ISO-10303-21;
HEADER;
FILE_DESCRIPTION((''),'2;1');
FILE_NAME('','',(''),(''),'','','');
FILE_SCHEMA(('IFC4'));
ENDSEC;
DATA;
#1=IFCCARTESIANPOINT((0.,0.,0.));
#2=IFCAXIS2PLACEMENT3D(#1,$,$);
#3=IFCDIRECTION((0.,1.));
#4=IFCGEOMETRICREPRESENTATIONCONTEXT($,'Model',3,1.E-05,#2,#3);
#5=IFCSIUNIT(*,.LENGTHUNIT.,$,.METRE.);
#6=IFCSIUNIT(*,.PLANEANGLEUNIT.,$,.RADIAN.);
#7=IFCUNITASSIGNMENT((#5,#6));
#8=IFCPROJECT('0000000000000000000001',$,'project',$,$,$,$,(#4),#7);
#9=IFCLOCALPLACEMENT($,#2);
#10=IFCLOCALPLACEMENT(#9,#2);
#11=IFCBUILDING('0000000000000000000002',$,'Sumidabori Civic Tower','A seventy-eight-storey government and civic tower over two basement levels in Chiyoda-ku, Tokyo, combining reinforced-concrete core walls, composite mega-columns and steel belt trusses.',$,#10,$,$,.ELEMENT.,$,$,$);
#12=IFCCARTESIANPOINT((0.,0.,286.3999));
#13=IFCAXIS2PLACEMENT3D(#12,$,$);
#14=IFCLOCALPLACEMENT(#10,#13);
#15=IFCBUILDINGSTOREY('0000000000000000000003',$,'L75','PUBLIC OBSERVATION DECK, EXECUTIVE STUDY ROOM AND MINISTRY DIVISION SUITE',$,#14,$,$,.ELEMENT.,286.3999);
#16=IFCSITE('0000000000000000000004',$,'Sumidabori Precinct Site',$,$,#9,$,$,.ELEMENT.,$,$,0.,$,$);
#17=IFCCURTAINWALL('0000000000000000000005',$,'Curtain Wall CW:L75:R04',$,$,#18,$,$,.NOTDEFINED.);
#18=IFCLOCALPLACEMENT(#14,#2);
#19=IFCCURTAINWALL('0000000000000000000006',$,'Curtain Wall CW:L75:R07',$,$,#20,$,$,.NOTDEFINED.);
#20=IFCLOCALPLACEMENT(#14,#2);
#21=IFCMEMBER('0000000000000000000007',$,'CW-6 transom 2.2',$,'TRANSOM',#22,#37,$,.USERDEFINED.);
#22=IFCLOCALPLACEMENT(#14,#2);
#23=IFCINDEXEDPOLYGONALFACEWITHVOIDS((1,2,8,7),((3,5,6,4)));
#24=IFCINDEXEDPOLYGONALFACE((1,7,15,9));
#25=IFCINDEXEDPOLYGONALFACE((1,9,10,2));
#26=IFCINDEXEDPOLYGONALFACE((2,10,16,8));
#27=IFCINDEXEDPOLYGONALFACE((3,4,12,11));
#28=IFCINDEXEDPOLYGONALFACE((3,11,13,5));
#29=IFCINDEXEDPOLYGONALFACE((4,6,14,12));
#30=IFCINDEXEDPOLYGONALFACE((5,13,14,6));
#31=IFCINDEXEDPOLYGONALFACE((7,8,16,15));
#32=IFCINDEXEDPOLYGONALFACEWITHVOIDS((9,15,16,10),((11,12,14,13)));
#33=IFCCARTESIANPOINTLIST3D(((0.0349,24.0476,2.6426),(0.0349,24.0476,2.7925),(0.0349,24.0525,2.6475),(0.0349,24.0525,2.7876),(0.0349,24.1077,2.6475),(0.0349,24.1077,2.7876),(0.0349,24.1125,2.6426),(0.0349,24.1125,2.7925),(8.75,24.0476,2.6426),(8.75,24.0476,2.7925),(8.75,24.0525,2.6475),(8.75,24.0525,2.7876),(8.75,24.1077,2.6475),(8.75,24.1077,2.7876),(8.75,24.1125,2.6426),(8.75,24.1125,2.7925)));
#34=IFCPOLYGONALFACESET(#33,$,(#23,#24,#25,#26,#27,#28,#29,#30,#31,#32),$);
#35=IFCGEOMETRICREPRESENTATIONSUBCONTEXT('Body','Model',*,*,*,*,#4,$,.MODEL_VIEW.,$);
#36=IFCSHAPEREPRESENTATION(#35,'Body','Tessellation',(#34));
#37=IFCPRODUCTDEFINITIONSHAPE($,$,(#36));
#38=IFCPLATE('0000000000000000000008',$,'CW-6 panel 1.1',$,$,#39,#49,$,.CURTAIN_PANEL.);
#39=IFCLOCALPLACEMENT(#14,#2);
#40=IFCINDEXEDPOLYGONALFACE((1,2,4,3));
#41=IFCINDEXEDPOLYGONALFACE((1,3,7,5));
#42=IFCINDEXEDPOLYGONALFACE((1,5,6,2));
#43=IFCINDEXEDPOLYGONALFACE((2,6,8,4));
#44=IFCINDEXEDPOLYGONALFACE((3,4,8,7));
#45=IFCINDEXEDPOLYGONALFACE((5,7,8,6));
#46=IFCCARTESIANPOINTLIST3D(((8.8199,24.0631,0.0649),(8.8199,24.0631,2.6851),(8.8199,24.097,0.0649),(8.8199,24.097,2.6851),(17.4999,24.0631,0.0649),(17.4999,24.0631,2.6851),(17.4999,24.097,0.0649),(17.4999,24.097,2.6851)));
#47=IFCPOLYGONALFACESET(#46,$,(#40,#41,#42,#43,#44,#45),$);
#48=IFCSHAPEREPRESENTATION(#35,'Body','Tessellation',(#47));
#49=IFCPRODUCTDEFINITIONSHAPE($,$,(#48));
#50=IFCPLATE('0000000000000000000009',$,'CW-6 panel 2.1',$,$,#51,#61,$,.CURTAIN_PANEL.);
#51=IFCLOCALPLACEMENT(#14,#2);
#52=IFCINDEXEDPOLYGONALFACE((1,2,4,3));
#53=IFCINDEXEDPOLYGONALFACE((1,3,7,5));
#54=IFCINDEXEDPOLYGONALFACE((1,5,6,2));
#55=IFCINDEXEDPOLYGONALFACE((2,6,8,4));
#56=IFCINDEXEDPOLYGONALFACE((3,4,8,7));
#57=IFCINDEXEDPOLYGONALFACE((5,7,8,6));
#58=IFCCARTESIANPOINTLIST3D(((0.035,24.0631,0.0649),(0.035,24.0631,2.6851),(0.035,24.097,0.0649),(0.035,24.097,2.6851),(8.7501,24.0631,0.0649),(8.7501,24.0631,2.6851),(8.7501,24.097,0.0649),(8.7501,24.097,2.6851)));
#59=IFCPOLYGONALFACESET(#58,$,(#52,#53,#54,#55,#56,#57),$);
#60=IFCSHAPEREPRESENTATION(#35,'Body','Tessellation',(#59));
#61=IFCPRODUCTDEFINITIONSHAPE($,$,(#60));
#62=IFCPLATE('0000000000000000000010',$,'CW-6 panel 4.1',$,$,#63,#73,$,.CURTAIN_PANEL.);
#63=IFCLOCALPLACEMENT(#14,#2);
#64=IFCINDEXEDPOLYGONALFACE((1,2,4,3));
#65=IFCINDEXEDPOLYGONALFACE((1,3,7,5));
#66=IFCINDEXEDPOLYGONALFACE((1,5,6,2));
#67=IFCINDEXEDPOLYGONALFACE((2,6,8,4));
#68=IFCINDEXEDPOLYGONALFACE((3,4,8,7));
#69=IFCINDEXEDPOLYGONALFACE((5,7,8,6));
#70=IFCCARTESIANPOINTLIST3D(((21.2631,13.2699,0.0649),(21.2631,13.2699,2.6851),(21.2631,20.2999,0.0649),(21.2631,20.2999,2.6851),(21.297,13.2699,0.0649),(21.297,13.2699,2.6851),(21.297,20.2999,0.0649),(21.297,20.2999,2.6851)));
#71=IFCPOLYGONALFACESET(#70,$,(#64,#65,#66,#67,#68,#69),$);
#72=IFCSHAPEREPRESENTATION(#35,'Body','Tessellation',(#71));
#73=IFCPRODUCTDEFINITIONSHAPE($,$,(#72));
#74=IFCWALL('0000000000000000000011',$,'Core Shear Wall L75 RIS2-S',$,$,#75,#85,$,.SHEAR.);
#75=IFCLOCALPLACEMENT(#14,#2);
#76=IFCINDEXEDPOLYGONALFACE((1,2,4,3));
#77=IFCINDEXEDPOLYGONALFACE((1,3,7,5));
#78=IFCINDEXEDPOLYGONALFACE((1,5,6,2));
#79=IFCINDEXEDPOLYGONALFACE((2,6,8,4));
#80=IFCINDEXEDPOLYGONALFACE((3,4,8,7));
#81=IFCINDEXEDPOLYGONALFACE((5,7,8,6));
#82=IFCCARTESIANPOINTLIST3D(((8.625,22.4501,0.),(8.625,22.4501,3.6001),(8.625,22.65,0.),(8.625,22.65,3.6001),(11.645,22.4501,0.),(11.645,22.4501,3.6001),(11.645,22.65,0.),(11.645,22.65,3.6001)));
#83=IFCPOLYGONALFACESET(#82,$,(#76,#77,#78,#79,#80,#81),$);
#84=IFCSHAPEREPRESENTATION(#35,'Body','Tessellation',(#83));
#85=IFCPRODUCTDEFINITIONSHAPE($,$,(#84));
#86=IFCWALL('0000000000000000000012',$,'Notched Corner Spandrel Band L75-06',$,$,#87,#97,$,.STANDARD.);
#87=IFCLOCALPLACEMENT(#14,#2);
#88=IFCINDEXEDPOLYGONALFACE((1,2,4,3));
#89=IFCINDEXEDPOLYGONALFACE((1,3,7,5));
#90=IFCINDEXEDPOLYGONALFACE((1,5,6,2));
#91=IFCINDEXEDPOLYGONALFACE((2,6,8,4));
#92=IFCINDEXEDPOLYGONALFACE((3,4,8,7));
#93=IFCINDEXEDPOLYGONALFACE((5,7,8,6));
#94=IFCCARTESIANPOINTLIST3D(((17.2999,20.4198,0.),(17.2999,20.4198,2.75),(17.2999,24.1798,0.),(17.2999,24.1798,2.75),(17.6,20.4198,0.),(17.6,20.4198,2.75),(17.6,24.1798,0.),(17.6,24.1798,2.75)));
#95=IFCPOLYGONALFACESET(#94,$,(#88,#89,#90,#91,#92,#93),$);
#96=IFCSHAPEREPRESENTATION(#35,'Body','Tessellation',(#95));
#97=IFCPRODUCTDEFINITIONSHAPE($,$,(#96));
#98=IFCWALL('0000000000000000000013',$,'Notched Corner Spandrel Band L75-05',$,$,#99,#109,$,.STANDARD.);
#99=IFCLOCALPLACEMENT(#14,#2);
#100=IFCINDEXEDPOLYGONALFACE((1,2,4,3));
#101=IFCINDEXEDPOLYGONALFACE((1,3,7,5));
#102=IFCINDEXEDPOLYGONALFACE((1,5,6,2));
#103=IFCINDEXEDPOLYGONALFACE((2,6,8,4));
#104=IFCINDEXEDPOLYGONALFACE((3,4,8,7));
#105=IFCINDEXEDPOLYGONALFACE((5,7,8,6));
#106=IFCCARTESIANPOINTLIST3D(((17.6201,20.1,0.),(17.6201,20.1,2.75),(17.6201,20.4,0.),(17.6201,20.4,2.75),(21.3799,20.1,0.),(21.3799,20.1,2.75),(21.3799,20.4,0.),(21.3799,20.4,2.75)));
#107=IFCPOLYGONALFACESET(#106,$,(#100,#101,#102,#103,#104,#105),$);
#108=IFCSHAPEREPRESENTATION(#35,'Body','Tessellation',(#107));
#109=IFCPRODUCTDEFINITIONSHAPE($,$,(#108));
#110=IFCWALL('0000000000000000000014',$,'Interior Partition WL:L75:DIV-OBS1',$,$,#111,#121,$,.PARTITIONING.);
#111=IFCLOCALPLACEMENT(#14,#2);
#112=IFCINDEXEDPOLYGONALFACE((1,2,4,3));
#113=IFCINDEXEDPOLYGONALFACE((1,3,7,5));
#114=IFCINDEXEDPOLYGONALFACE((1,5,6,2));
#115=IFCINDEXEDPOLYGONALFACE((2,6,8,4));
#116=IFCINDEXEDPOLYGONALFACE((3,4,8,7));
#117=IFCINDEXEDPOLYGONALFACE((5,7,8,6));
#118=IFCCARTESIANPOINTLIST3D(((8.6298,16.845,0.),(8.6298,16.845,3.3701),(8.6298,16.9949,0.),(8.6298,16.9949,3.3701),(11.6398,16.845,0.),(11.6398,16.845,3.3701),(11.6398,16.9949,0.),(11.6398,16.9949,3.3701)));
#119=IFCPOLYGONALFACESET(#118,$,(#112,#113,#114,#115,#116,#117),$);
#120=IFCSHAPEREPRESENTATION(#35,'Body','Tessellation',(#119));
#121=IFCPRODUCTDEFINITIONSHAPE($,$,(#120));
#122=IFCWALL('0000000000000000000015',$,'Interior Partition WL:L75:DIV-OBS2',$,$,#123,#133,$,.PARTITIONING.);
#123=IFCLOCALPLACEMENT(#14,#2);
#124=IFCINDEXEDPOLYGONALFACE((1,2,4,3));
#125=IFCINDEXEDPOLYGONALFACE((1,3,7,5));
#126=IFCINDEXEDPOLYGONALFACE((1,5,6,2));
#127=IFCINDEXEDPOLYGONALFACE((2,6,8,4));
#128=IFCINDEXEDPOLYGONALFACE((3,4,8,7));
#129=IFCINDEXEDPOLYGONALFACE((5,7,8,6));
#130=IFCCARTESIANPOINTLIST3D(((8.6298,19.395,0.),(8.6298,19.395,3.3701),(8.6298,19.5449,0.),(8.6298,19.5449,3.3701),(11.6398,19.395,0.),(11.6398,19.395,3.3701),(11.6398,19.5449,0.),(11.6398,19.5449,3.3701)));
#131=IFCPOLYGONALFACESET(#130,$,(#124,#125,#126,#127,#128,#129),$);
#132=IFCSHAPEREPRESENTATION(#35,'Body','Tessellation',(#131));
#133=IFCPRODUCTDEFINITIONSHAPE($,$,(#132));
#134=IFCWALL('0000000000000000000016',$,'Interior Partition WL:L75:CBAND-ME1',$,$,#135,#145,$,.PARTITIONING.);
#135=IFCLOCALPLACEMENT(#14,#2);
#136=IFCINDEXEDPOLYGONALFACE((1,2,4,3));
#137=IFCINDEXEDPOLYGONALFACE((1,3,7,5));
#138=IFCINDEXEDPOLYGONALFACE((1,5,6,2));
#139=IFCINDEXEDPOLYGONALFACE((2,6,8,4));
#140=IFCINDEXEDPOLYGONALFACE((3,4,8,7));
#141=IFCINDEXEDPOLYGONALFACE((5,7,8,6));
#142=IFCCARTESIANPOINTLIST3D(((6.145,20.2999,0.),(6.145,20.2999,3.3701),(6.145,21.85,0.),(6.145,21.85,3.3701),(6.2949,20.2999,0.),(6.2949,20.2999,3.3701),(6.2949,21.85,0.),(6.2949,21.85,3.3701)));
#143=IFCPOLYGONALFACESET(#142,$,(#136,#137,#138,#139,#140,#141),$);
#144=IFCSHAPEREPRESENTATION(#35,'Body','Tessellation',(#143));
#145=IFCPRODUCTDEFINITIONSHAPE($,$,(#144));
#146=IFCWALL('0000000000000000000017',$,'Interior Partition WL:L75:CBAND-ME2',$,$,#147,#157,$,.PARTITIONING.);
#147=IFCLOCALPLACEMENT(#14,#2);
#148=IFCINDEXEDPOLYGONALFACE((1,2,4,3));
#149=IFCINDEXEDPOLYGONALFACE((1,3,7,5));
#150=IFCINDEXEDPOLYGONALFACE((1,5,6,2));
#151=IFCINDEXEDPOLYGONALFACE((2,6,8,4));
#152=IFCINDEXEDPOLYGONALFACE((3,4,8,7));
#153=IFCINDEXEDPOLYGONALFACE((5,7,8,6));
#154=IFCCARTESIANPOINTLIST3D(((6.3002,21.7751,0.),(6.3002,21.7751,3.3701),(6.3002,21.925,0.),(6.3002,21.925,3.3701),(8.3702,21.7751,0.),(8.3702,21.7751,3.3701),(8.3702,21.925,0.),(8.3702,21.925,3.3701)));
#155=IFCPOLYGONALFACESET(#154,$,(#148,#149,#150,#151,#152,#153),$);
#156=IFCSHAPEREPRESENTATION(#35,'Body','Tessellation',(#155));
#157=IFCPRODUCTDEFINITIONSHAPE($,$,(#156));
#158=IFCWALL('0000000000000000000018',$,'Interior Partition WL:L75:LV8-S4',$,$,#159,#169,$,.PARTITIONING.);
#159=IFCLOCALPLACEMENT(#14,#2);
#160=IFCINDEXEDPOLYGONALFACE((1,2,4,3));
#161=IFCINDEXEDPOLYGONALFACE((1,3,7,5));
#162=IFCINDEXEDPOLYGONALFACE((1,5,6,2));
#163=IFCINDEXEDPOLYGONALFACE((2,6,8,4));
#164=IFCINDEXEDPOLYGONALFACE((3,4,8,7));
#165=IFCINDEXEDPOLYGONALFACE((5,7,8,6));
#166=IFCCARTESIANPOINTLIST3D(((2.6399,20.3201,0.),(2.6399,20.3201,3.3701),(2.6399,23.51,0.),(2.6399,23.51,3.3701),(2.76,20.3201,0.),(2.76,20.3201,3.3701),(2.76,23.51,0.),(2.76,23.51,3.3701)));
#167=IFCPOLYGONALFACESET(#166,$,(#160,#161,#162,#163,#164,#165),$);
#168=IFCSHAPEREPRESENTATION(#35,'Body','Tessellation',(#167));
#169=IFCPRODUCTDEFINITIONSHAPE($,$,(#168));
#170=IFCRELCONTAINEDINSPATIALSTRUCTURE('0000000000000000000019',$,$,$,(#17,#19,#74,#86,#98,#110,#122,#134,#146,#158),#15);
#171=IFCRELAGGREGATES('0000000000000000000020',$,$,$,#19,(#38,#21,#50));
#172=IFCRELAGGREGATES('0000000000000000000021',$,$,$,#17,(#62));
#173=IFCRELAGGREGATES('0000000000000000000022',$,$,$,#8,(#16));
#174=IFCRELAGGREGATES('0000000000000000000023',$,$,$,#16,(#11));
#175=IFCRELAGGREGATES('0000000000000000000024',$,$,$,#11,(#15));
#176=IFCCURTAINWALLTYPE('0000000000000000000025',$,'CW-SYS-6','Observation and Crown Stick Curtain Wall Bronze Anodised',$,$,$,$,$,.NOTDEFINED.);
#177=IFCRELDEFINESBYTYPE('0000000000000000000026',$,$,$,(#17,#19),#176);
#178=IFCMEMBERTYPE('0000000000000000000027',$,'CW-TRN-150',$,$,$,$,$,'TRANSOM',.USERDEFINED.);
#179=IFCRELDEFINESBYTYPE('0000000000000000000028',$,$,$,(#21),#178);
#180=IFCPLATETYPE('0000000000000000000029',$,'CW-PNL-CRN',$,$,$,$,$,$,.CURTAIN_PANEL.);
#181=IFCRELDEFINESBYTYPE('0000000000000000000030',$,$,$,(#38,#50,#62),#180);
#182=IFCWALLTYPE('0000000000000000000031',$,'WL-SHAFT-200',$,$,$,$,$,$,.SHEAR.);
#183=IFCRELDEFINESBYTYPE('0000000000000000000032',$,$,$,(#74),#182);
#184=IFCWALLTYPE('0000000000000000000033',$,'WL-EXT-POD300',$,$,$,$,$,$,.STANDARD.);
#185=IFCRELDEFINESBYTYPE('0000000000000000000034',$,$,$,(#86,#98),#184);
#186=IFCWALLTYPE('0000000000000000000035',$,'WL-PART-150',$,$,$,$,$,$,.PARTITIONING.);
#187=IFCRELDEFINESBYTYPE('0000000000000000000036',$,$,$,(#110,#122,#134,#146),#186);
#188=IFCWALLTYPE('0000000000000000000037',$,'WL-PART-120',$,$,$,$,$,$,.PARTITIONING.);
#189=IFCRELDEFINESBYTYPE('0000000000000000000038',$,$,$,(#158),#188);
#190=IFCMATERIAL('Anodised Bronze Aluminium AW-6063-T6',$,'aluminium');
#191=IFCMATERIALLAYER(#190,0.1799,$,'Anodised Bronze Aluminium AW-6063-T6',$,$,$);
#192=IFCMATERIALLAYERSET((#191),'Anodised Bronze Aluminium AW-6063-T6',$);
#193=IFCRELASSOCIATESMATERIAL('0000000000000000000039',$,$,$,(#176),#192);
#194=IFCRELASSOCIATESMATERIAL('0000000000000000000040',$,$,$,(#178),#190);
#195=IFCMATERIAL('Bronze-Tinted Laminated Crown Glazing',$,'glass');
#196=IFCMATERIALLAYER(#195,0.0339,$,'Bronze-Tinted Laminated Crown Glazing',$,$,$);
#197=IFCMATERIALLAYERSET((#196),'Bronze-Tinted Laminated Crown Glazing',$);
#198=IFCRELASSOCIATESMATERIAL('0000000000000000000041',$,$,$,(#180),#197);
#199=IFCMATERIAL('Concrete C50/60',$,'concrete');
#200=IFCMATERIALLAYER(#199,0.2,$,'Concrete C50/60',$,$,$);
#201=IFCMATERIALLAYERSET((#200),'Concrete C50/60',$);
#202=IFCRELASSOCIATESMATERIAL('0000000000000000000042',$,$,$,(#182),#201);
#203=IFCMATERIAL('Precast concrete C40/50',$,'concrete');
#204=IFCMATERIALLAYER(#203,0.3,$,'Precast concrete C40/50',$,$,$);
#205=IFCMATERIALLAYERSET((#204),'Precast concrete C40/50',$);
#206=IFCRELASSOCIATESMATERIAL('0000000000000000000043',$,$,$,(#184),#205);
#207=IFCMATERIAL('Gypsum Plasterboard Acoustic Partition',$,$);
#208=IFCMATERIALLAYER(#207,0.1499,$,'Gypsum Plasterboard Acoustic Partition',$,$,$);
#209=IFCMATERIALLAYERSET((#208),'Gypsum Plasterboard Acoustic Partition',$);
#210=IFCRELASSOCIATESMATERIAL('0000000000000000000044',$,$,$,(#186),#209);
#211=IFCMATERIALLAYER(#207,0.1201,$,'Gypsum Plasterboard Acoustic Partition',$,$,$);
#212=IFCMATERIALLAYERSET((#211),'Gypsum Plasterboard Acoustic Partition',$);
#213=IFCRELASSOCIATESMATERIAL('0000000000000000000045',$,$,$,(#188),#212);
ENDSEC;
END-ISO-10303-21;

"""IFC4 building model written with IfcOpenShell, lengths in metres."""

from ifc_helpers import new_model, si_unit, direction, frame, frame_2d, origin, origin_2d, place, context, subcontext, project, spatial, rectangle, hollow_rectangle, extrude, source, transform, mapped, material, layer, layer_set, material_profile, profile_set, type_object, element, aggregate, save


model = new_model("IFC4")

# Units and contexts
model_context = context("Model", 3, precision=1e-05, world=origin(), true_north=direction((0.0, 1.0)))
body_context = subcontext(model_context, "Body", "Model", "MODEL_VIEW")
ifc_project = project(units=[si_unit("LENGTHUNIT", "METRE"), si_unit("PLANEANGLEUNIT", "RADIAN")], contexts=[model_context])

# Site, building, storey
site_placement = place(None, origin())
site = spatial("IfcSite", under=ifc_project, at=site_placement, Name="Sumidabori Precinct Site", CompositionType="ELEMENT", RefElevation=0.0)
building_placement = place(site_placement, origin())
building = spatial("IfcBuilding", under=site, at=building_placement, Name="Sumidabori Civic Tower", Description="A seventy-eight-storey government and civic tower over two basement levels in Chiyoda-ku, Tokyo, combining reinforced-concrete core walls, composite mega-columns and steel belt trusses.", CompositionType="ELEMENT")
storey_placement = place(building_placement, frame((0.0, 0.0, 286.3999)))
storey = spatial("IfcBuildingStorey", under=building, at=storey_placement, Name="L75", Description="PUBLIC OBSERVATION DECK, EXECUTIVE STUDY ROOM AND MINISTRY DIVISION SUITE", CompositionType="ELEMENT", Elevation=286.3999)

# Shared definitions
ifc_material_1 = material(Name="Concrete C50/60", Category="concrete")

# Curtain wall
ifc_material_2 = material(Name="Anodised Bronze Aluminium AW-6063-T6", Category="aluminium")
ifc_layer_1 = layer(ifc_material_2, 0.1799, Name="Anodised Bronze Aluminium AW-6063-T6")
ifc_layer_set_1 = layer_set([ifc_layer_1], Name="Anodised Bronze Aluminium AW-6063-T6")
curtain_wall_type = type_object("IfcCurtainWallType", Name="CW-SYS-6", Description="Observation and Crown Stick Curtain Wall Bronze Anodised", PredefinedType="NOTDEFINED", material=ifc_layer_set_1)
curtain_wall_1_placement = place(storey_placement, origin())
curtain_wall_1 = element("IfcCurtainWall", 1, at=curtain_wall_1_placement, inside=storey, type_object=curtain_wall_type, Name="Curtain Wall CW:L75:R04", PredefinedType="NOTDEFINED")

# Curtain wall, member, plates
curtain_wall_2_placement = place(storey_placement, origin())
curtain_wall_2 = element("IfcCurtainWall", 2, at=curtain_wall_2_placement, inside=storey, type_object=curtain_wall_type, Name="Curtain Wall CW:L75:R07", PredefinedType="NOTDEFINED")
ifc_material_profile_1 = material_profile(ifc_material_2, hollow_rectangle(XDim=0.0649, YDim=0.1499, WallThickness=0.0049, at=origin_2d()), Name="ALU TRANSOM 150x65")
ifc_profile_set_1 = profile_set([ifc_material_profile_1], Name="Anodised Bronze Aluminium AW-6063-T6")
member_type_1 = type_object("IfcMemberType", Name="CW-TRN-150", ElementType="TRANSOM", PredefinedType="USERDEFINED", material=ifc_profile_set_1)
shared_shape_1 = source(origin(), body_context, "Body", "SweptSolid", [
    extrude(hollow_rectangle(XDim=0.0649, YDim=0.1499, WallThickness=0.0049, at=origin_2d()), origin(), (0.0, 0.0, 1.0), 8.7151),
])
member_1_placement = place(storey_placement, frame((8.75, 24.0801, 2.7175), z_axis=(-1.0, 0.0, 0.0), x_axis=(0.0, -1.0, 0.0)))
member_1 = element("IfcMember", 3, at=member_1_placement, type_object=member_type_1, Name="CW-6 transom 2.2", ObjectType="TRANSOM", PredefinedType="USERDEFINED", context=body_context, shape_type="MappedRepresentation", body=[
    mapped(shared_shape_1, transform((0.0, 0.0, 0.0), x_axis=(1.0, 0.0, 0.0), y_axis=(0.0, 1.0, 0.0), z_axis=(0.0, 0.0, 1.0), scale=1.0)),
])
ifc_material_3 = material(Name="Bronze-Tinted Laminated Crown Glazing", Category="glass")
ifc_layer_2 = layer(ifc_material_3, 0.0339, Name="Bronze-Tinted Laminated Crown Glazing")
ifc_layer_set_2 = layer_set([ifc_layer_2], Name="Bronze-Tinted Laminated Crown Glazing")
plate_type = type_object("IfcPlateType", Name="CW-PNL-CRN", PredefinedType="CURTAIN_PANEL", material=ifc_layer_set_2)
shared_shape_2 = source(origin(), body_context, "Body", "SweptSolid", [
    extrude(rectangle(XDim=8.6799, YDim=0.0339, at=origin_2d()), origin(), (0.0, 0.0, 1.0), 2.6201),
])
plate_1_placement = place(storey_placement, frame((13.1599, 24.0801, 0.0649), z_axis=(0.0, 0.0, 1.0), x_axis=(-1.0, 0.0, 0.0)))
plate_1 = element("IfcPlate", 4, at=plate_1_placement, type_object=plate_type, Name="CW-6 panel 1.1", PredefinedType="CURTAIN_PANEL", context=body_context, shape_type="MappedRepresentation", body=[
    mapped(shared_shape_2, transform((0.0, 0.0, 0.0), x_axis=(1.0, 0.0, 0.0), y_axis=(0.0, 1.0, 0.0), z_axis=(0.0, 0.0, 1.0), scale=1.0)),
])
shared_shape_3 = source(origin(), body_context, "Body", "SweptSolid", [
    extrude(rectangle(XDim=8.7151, YDim=0.0339, at=origin_2d()), origin(), (0.0, 0.0, 1.0), 2.6201),
])
plate_2_placement = place(storey_placement, frame((4.3926, 24.0801, 0.0649), z_axis=(0.0, 0.0, 1.0), x_axis=(-1.0, 0.0, 0.0)))
plate_2 = element("IfcPlate", 5, at=plate_2_placement, type_object=plate_type, Name="CW-6 panel 2.1", PredefinedType="CURTAIN_PANEL", context=body_context, shape_type="MappedRepresentation", body=[
    mapped(shared_shape_3, transform((0.0, 0.0, 0.0), x_axis=(1.0, 0.0, 0.0), y_axis=(0.0, 1.0, 0.0), z_axis=(0.0, 0.0, 1.0), scale=1.0)),
])
aggregate(curtain_wall_2, [plate_1, member_1, plate_2])

# Plate
shared_shape_4 = source(origin(), body_context, "Body", "SweptSolid", [
    extrude(rectangle(XDim=7.03, YDim=0.0339, at=origin_2d()), origin(), (0.0, 0.0, 1.0), 2.6201),
])
plate_3_placement = place(storey_placement, frame((21.28, 16.7849, 0.0649), z_axis=(0.0, 0.0, 1.0), x_axis=(0.0, 1.0, 0.0)))
plate_3 = element("IfcPlate", 6, at=plate_3_placement, type_object=plate_type, Name="CW-6 panel 4.1", PredefinedType="CURTAIN_PANEL", context=body_context, shape_type="MappedRepresentation", body=[
    mapped(shared_shape_4, transform((0.0, 0.0, 0.0), x_axis=(1.0, 0.0, 0.0), y_axis=(0.0, 1.0, 0.0), z_axis=(0.0, 0.0, 1.0), scale=1.0)),
])
aggregate(curtain_wall_1, [plate_3])

# Walls
ifc_layer_3 = layer(ifc_material_1, 0.2, Name="Concrete C50/60")
ifc_layer_set_3 = layer_set([ifc_layer_3], Name="Concrete C50/60")
wall_type_1 = type_object("IfcWallType", Name="WL-SHAFT-200", PredefinedType="SHEAR", material=ifc_layer_set_3)
shared_shape_5 = source(origin(), body_context, "Body", "SweptSolid", [
    extrude(rectangle(XDim=3.02, YDim=0.2, at=frame_2d((1.51, 0.0))), origin(), (0.0, 0.0, 1.0), 3.6001),
])
wall_1_placement = place(storey_placement, frame((8.625, 22.55, 0.0), z_axis=(0.0, 0.0, 1.0), x_axis=(1.0, 0.0, 0.0)))
element("IfcWall", 7, at=wall_1_placement, inside=storey, type_object=wall_type_1, Name="Core Shear Wall L75 RIS2-S", PredefinedType="SHEAR", context=body_context, shape_type="MappedRepresentation", body=[
    mapped(shared_shape_5, transform((0.0, 0.0, 0.0), x_axis=(1.0, 0.0, 0.0), y_axis=(0.0, 1.0, 0.0), z_axis=(0.0, 0.0, 1.0), scale=1.0)),
])
ifc_material_4 = material(Name="Precast concrete C40/50", Category="concrete")
ifc_layer_4 = layer(ifc_material_4, 0.3, Name="Precast concrete C40/50")
ifc_layer_set_4 = layer_set([ifc_layer_4], Name="Precast concrete C40/50")
wall_type_2 = type_object("IfcWallType", Name="WL-EXT-POD300", PredefinedType="STANDARD", material=ifc_layer_set_4)
shared_shape_6 = source(origin(), body_context, "Body", "SweptSolid", [
    extrude(rectangle(XDim=3.76, YDim=0.3, at=frame_2d((1.8799, 0.0))), origin(), (0.0, 0.0, 1.0), 2.75),
])
wall_2_placement = place(storey_placement, frame((17.45, 20.4199, 0.0), z_axis=(0.0, 0.0, 1.0), x_axis=(0.0, 1.0, 0.0)))
element("IfcWall", 8, at=wall_2_placement, inside=storey, type_object=wall_type_2, Name="Notched Corner Spandrel Band L75-06", PredefinedType="STANDARD", context=body_context, shape_type="MappedRepresentation", body=[
    mapped(shared_shape_6, transform((0.0, 0.0, 0.0), x_axis=(1.0, 0.0, 0.0), y_axis=(0.0, 1.0, 0.0), z_axis=(0.0, 0.0, 1.0), scale=1.0)),
])
shared_shape_7 = source(origin(), body_context, "Body", "SweptSolid", [
    extrude(rectangle(XDim=3.7598, YDim=0.3, at=frame_2d((1.8799, 0.0))), origin(), (0.0, 0.0, 1.0), 2.75),
])
wall_3_placement = place(storey_placement, frame((21.3799, 20.25, 0.0), z_axis=(0.0, 0.0, 1.0), x_axis=(-1.0, 0.0, 0.0)))
element("IfcWall", 9, at=wall_3_placement, inside=storey, type_object=wall_type_2, Name="Notched Corner Spandrel Band L75-05", PredefinedType="STANDARD", context=body_context, shape_type="MappedRepresentation", body=[
    mapped(shared_shape_7, transform((0.0, 0.0, 0.0), x_axis=(1.0, 0.0, 0.0), y_axis=(0.0, 1.0, 0.0), z_axis=(0.0, 0.0, 1.0), scale=1.0)),
])
ifc_material_5 = material(Name="Gypsum Plasterboard Acoustic Partition")
ifc_layer_5 = layer(ifc_material_5, 0.1499, Name="Gypsum Plasterboard Acoustic Partition")
ifc_layer_set_5 = layer_set([ifc_layer_5], Name="Gypsum Plasterboard Acoustic Partition")
wall_type_3 = type_object("IfcWallType", Name="WL-PART-150", PredefinedType="PARTITIONING", material=ifc_layer_set_5)
shared_shape_8 = source(origin(), body_context, "Body", "SweptSolid", [
    extrude(rectangle(XDim=3.01, YDim=0.1499, at=frame_2d((1.5049, 0.0))), origin(), (0.0, 0.0, 1.0), 3.3701),
])
for number, where, z_axis, x_axis, name in (
    (10, (8.6299, 16.9199, 0.0), (0.0, 0.0, 1.0), (1.0, 0.0, 0.0), "Interior Partition WL:L75:DIV-OBS1"),
    (11, (8.6299, 19.47, 0.0), (0.0, 0.0, 1.0), (1.0, 0.0, 0.0), "Interior Partition WL:L75:DIV-OBS2"),
):
    element("IfcWall", number, at=place(storey_placement, frame(where, z_axis=z_axis, x_axis=x_axis)), inside=storey, type_object=wall_type_3, Name=name, PredefinedType="PARTITIONING", context=body_context, shape_type="MappedRepresentation", body=[
        mapped(shared_shape_8, transform((0.0, 0.0, 0.0), x_axis=(1.0, 0.0, 0.0), y_axis=(0.0, 1.0, 0.0), z_axis=(0.0, 0.0, 1.0), scale=1.0)),
    ])
shared_shape_9 = source(origin(), body_context, "Body", "SweptSolid", [
    extrude(rectangle(XDim=1.55, YDim=0.1499, at=frame_2d((0.7749, 0.0))), origin(), (0.0, 0.0, 1.0), 3.3701),
])
wall_4_placement = place(storey_placement, frame((6.22, 20.3, 0.0), z_axis=(0.0, 0.0, 1.0), x_axis=(0.0, 1.0, 0.0)))
element("IfcWall", 12, at=wall_4_placement, inside=storey, type_object=wall_type_3, Name="Interior Partition WL:L75:CBAND-ME1", PredefinedType="PARTITIONING", context=body_context, shape_type="MappedRepresentation", body=[
    mapped(shared_shape_9, transform((0.0, 0.0, 0.0), x_axis=(1.0, 0.0, 0.0), y_axis=(0.0, 1.0, 0.0), z_axis=(0.0, 0.0, 1.0), scale=1.0)),
])
shared_shape_10 = source(origin(), body_context, "Body", "SweptSolid", [
    extrude(rectangle(XDim=2.0701, YDim=0.1499, at=frame_2d((1.0352, 0.0))), origin(), (0.0, 0.0, 1.0), 3.3701),
])
wall_5_placement = place(storey_placement, frame((6.3, 21.8501, 0.0), z_axis=(0.0, 0.0, 1.0), x_axis=(1.0, 0.0, 0.0)))
element("IfcWall", 13, at=wall_5_placement, inside=storey, type_object=wall_type_3, Name="Interior Partition WL:L75:CBAND-ME2", PredefinedType="PARTITIONING", context=body_context, shape_type="MappedRepresentation", body=[
    mapped(shared_shape_10, transform((0.0, 0.0, 0.0), x_axis=(1.0, 0.0, 0.0), y_axis=(0.0, 1.0, 0.0), z_axis=(0.0, 0.0, 1.0), scale=1.0)),
])
ifc_layer_6 = layer(ifc_material_5, 0.1201, Name="Gypsum Plasterboard Acoustic Partition")
ifc_layer_set_6 = layer_set([ifc_layer_6], Name="Gypsum Plasterboard Acoustic Partition")
wall_type_4 = type_object("IfcWallType", Name="WL-PART-120", PredefinedType="PARTITIONING", material=ifc_layer_set_6)
shared_shape_11 = source(origin(), body_context, "Body", "SweptSolid", [
    extrude(rectangle(XDim=3.1899, YDim=0.1201, at=frame_2d((1.595, 0.0))), origin(), (0.0, 0.0, 1.0), 3.3701),
])
wall_6_placement = place(storey_placement, frame((2.7, 20.3201, 0.0), z_axis=(0.0, 0.0, 1.0), x_axis=(0.0, 1.0, 0.0)))
element("IfcWall", 14, at=wall_6_placement, inside=storey, type_object=wall_type_4, Name="Interior Partition WL:L75:LV8-S4", PredefinedType="PARTITIONING", context=body_context, shape_type="MappedRepresentation", body=[
    mapped(shared_shape_11, transform((0.0, 0.0, 0.0), x_axis=(1.0, 0.0, 0.0), y_axis=(0.0, 1.0, 0.0), z_axis=(0.0, 0.0, 1.0), scale=1.0)),
])

save(model, "model.ifc")
